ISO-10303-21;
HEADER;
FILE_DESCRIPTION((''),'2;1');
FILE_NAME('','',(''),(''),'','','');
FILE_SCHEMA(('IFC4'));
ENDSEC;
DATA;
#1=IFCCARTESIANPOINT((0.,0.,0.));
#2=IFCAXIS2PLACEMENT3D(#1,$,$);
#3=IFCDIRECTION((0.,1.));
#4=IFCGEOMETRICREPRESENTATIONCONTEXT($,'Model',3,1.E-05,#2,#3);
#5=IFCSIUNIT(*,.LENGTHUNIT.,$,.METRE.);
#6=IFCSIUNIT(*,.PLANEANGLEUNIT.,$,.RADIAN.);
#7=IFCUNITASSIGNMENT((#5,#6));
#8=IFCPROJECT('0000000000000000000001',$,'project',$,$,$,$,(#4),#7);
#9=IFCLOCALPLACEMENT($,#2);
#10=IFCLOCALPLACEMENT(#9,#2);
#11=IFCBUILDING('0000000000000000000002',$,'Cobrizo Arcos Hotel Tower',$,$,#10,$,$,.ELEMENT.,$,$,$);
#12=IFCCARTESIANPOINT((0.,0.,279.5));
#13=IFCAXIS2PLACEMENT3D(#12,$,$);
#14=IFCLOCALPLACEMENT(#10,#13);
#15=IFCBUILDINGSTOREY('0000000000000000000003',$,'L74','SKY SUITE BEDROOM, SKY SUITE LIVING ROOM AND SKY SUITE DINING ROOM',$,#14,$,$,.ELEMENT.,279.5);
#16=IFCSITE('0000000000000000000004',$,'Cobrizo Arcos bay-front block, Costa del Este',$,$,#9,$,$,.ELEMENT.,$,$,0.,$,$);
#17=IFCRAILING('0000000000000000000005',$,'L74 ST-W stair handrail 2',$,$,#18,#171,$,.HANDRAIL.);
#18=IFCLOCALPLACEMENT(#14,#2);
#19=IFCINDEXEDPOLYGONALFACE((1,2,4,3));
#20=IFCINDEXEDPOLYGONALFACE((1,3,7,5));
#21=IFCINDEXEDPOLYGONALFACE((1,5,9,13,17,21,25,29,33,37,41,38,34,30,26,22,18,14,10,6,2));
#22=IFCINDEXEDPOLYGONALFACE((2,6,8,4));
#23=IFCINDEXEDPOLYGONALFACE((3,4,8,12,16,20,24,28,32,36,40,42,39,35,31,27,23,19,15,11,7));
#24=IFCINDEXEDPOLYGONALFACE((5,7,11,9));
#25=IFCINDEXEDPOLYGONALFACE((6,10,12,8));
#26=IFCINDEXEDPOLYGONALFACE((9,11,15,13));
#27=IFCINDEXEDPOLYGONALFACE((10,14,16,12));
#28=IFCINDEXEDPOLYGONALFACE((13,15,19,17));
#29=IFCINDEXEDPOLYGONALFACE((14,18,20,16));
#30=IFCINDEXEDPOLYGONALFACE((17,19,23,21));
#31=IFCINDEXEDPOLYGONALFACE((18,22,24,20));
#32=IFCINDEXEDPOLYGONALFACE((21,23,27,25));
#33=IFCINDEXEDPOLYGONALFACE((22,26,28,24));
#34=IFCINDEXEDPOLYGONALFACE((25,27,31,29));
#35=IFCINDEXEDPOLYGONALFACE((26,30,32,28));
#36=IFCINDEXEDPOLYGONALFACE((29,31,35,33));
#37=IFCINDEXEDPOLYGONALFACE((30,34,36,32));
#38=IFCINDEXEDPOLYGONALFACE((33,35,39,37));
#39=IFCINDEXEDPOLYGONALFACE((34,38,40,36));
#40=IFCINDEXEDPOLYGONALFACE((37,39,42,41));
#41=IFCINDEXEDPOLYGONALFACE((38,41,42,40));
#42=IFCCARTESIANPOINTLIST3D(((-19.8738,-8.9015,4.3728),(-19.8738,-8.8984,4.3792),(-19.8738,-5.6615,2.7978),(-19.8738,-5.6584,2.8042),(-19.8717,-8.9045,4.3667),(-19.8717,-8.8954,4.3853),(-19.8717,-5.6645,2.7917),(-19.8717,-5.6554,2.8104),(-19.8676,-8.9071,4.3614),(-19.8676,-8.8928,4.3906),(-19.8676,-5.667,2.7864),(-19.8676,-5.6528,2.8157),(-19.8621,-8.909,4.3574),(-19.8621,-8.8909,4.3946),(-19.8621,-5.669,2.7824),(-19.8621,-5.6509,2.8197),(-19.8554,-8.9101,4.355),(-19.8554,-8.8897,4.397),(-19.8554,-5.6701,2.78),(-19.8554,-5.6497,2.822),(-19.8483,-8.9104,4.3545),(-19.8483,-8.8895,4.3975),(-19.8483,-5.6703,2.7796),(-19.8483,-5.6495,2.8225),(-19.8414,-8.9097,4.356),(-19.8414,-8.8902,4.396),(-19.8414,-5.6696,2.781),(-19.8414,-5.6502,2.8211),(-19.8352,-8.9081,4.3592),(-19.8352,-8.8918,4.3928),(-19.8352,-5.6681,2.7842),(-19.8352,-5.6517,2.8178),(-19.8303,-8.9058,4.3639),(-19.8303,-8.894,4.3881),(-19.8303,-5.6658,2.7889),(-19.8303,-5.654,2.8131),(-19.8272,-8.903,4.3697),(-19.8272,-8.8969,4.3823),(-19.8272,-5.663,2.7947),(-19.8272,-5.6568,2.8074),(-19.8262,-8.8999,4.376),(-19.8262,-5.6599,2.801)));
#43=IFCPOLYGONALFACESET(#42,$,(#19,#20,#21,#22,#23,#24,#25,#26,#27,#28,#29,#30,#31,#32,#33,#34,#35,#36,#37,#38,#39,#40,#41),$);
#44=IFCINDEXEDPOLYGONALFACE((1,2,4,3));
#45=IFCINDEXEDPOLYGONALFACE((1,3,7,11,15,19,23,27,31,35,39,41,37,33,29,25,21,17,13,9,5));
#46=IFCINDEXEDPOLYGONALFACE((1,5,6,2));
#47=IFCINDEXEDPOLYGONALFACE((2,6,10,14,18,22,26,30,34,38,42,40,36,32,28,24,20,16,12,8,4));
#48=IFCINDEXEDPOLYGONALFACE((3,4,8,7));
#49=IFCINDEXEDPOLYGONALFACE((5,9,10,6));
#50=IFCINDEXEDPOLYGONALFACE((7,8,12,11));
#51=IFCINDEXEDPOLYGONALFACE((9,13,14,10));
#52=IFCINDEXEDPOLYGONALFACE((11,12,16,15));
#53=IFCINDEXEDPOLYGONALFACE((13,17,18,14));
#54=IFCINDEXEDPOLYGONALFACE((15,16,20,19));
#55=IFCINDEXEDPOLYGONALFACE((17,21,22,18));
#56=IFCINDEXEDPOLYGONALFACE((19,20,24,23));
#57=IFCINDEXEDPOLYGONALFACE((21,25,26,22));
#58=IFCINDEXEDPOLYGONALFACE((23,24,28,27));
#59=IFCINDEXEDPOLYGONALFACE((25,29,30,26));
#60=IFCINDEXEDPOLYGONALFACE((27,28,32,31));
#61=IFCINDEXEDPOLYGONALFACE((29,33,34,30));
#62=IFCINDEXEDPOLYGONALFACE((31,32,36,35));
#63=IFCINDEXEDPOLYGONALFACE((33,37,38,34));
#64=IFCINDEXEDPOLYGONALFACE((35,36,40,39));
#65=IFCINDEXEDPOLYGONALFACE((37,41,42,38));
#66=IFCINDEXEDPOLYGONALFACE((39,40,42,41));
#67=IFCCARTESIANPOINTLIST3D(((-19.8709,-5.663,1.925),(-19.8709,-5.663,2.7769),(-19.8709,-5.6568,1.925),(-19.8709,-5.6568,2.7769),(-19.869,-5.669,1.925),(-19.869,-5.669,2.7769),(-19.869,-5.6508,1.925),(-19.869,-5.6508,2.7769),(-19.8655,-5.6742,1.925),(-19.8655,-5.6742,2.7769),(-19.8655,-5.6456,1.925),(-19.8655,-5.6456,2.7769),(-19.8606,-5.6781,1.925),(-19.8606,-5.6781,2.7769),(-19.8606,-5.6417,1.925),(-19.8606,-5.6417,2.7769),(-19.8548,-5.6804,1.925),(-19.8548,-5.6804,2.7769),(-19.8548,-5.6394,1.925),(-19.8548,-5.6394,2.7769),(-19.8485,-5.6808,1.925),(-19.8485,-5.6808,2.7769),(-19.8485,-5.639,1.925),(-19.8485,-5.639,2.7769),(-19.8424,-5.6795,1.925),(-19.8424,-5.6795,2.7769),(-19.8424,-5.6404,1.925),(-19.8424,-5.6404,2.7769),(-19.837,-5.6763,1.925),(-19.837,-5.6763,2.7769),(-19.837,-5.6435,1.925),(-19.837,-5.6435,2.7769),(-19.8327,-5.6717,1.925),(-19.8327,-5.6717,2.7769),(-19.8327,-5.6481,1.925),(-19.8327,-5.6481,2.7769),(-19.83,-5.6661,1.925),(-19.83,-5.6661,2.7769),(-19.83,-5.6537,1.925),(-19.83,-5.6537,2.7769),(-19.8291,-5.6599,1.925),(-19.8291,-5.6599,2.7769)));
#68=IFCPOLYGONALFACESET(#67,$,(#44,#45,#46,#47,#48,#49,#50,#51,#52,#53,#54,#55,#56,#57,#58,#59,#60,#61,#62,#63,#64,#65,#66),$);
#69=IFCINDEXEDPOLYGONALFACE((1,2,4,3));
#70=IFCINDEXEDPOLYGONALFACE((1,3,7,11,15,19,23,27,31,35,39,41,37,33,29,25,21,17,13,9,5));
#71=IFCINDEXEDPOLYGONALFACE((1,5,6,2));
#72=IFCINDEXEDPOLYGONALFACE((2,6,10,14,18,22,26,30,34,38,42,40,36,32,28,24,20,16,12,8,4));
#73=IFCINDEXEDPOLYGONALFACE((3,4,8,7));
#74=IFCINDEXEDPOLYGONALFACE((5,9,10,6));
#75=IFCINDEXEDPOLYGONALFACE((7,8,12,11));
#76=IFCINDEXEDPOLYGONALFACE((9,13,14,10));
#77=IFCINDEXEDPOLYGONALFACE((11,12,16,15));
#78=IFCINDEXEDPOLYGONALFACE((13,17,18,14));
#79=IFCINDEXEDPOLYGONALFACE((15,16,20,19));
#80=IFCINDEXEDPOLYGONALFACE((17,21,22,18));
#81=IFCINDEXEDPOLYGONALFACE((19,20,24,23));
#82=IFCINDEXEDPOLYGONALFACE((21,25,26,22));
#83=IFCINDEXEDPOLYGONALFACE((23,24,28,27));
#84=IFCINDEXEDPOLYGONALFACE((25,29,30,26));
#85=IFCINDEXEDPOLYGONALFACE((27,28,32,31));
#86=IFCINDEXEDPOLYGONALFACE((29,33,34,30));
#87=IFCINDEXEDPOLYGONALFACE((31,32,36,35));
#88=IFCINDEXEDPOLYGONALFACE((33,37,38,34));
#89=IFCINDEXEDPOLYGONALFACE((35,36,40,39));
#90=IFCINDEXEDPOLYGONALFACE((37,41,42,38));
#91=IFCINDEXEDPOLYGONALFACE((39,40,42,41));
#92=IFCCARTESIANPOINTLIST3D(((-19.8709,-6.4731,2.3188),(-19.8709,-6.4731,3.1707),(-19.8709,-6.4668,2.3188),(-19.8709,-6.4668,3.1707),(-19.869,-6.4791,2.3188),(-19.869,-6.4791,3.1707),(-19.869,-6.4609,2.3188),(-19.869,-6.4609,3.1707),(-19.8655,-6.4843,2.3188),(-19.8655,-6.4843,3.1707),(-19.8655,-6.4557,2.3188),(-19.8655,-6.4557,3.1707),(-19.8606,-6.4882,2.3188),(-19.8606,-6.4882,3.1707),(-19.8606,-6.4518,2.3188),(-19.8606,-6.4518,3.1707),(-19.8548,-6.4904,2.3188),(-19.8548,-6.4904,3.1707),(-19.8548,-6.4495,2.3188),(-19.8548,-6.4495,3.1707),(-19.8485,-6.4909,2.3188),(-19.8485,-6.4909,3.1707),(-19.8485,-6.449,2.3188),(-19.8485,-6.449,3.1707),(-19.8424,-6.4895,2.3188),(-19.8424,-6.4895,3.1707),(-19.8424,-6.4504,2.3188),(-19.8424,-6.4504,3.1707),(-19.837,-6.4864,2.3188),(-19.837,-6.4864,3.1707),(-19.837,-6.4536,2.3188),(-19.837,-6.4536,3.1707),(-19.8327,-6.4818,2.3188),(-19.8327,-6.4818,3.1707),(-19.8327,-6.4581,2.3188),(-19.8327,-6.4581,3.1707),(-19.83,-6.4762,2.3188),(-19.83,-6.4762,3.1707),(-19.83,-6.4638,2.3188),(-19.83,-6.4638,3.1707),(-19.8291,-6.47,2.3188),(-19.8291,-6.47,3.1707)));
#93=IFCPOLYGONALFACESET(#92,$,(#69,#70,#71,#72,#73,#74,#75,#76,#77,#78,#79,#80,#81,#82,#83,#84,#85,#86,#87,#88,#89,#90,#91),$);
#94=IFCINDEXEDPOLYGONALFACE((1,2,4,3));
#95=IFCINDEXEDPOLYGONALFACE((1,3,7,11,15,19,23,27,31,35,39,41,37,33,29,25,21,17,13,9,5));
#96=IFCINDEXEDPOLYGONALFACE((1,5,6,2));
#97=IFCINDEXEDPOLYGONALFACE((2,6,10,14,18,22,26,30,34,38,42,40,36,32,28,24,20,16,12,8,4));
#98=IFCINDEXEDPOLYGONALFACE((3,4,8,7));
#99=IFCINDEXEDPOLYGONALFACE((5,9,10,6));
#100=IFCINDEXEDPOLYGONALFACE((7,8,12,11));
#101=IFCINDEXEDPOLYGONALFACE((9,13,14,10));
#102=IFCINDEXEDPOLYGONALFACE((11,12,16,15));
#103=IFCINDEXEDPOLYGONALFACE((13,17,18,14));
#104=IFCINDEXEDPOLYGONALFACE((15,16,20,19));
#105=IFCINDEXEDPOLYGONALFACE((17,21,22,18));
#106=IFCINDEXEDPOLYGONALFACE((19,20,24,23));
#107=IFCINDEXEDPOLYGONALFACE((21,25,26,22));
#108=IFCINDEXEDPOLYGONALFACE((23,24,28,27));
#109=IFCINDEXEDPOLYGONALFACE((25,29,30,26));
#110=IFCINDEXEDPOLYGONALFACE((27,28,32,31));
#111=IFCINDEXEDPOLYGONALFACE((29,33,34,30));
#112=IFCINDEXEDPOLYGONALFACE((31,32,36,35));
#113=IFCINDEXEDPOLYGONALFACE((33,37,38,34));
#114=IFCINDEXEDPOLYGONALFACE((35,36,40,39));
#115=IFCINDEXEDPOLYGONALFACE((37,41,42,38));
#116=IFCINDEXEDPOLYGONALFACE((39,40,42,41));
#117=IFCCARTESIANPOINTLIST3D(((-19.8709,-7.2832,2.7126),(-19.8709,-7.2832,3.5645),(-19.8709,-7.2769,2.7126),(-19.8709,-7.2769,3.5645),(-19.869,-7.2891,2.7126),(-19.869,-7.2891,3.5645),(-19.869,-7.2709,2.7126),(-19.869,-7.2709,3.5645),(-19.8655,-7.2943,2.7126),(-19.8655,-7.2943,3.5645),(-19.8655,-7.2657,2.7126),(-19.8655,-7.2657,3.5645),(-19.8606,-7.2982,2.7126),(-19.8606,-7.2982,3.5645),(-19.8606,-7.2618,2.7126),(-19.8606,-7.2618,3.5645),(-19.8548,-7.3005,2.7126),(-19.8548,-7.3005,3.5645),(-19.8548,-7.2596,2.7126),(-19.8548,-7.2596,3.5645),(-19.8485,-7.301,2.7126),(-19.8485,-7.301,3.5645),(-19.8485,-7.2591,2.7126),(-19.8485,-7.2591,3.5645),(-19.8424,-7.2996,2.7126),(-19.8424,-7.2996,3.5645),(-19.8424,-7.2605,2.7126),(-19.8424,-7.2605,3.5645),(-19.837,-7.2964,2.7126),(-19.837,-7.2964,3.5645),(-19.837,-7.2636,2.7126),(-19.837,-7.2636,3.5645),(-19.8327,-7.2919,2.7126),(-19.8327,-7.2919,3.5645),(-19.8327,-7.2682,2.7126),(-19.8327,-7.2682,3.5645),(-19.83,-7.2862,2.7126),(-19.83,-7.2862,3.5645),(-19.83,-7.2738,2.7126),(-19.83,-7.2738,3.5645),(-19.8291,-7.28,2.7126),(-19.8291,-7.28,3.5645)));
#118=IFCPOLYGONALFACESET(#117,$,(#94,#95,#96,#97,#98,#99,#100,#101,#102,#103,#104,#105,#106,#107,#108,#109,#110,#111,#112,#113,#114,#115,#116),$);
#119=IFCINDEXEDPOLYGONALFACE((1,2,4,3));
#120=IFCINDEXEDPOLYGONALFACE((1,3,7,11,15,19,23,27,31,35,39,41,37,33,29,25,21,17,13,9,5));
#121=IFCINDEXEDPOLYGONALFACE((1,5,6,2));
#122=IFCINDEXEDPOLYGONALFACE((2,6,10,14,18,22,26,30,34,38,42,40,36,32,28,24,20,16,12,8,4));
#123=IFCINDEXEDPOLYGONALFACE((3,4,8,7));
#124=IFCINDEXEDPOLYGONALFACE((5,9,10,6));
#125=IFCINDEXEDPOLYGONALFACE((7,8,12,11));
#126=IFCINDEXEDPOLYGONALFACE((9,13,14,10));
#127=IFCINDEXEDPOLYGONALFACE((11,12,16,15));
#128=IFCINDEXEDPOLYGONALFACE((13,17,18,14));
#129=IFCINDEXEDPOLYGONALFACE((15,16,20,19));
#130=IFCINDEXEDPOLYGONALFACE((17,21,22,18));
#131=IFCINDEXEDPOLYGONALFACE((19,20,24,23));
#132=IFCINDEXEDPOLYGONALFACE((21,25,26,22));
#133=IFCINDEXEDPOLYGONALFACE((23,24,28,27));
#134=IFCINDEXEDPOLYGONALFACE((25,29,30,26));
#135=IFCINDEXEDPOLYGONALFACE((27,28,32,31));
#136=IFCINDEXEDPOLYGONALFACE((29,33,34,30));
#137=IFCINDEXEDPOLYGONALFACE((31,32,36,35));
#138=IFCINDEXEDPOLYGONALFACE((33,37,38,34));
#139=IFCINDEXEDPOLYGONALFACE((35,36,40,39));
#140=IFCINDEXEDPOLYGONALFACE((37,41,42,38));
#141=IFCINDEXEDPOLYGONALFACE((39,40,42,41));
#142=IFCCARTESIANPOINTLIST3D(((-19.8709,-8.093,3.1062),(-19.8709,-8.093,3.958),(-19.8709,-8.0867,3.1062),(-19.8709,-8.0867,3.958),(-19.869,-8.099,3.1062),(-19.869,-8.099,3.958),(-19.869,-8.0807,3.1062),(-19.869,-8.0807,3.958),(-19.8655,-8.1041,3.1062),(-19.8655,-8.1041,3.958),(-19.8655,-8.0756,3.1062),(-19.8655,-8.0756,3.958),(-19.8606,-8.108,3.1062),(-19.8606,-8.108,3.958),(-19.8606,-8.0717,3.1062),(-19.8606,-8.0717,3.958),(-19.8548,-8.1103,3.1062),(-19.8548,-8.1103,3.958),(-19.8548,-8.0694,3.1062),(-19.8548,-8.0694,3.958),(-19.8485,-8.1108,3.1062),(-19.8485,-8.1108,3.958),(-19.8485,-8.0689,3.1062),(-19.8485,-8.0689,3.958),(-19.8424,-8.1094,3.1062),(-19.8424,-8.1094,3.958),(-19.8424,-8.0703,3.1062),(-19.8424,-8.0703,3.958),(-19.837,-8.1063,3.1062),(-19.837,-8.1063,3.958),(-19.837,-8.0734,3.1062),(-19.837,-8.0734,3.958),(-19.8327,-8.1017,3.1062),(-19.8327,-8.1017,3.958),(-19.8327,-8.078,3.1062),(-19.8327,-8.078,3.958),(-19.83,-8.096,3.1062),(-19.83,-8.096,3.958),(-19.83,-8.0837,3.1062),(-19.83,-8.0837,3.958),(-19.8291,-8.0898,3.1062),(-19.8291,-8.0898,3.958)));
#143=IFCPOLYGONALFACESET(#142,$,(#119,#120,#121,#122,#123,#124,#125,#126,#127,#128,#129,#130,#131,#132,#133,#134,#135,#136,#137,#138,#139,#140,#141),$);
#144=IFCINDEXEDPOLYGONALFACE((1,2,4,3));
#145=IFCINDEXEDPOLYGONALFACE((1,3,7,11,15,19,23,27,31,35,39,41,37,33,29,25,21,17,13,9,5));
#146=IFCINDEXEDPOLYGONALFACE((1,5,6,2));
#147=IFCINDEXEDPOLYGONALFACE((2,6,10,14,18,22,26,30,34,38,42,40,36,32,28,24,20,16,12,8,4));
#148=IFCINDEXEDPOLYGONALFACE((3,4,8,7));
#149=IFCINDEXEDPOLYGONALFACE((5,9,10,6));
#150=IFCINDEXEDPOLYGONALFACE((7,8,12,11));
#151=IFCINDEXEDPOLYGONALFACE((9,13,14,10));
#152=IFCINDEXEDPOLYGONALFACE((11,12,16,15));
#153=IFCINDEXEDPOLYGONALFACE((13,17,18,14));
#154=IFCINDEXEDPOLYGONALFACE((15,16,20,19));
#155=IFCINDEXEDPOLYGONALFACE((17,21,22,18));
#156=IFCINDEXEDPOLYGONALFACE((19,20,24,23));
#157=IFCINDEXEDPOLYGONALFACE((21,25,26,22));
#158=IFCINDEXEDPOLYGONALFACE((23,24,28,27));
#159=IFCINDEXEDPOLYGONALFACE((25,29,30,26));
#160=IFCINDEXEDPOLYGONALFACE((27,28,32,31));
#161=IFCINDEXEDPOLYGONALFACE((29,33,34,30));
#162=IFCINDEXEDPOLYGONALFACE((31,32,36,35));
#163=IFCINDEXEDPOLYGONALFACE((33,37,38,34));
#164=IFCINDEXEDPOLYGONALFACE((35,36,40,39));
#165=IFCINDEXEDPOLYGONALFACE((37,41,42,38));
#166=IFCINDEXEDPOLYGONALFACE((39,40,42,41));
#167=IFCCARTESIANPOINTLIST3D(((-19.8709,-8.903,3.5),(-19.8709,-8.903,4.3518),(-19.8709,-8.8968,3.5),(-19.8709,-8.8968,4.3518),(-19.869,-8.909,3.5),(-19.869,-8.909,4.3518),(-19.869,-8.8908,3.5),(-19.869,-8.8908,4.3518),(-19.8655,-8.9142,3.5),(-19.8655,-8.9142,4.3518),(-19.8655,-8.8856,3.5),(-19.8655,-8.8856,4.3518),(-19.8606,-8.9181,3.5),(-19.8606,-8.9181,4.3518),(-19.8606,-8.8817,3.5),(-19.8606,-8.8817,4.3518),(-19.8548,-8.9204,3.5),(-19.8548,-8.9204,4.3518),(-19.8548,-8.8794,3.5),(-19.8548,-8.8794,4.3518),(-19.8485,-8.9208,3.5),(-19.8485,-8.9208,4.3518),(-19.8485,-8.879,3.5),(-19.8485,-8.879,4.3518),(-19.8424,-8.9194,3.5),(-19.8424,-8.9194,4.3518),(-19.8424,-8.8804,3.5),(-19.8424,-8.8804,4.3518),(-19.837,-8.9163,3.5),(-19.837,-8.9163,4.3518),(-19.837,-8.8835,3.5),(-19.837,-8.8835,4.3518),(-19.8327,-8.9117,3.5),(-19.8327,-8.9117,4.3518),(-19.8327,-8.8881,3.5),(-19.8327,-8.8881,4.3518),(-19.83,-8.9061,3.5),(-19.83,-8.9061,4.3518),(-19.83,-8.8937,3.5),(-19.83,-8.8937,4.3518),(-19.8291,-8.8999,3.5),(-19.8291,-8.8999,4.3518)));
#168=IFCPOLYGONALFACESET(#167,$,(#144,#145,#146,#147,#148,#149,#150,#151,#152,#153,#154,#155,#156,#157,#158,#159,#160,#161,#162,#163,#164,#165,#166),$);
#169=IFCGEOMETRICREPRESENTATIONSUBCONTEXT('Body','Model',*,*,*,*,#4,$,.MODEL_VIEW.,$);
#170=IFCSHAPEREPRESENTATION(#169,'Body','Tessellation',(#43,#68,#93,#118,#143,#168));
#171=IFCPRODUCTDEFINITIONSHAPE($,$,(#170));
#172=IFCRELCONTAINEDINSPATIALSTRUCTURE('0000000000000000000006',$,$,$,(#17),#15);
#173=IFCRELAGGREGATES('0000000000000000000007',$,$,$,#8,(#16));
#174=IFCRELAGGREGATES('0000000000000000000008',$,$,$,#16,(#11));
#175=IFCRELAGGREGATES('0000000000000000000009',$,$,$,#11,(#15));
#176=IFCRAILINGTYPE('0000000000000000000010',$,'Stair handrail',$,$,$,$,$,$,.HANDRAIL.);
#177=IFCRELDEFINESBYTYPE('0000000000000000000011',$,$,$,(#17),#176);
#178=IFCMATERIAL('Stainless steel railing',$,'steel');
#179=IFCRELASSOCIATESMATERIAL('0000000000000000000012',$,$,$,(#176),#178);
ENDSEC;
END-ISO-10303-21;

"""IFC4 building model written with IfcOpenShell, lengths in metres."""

from ifc_helpers import new_model, si_unit, direction, frame, origin, origin_2d, place, context, subcontext, project, spatial, circle, extrude, material, type_object, element, save


model = new_model("IFC4")

# Units and contexts
model_context = context("Model", 3, precision=1e-05, world=origin(), true_north=direction((0.0, 1.0)))
body_context = subcontext(model_context, "Body", "Model", "MODEL_VIEW")
ifc_project = project(units=[si_unit("LENGTHUNIT", "METRE"), si_unit("PLANEANGLEUNIT", "RADIAN")], contexts=[model_context])

# Site, building, storey
site_placement = place(None, origin())
site = spatial("IfcSite", under=ifc_project, at=site_placement, Name="Cobrizo Arcos bay-front block, Costa del Este", CompositionType="ELEMENT", RefElevation=0.0)
building_placement = place(site_placement, origin())
building = spatial("IfcBuilding", under=site, at=building_placement, Name="Cobrizo Arcos Hotel Tower", CompositionType="ELEMENT")
storey_placement = place(building_placement, frame((0.0, 0.0, 279.5)))
storey = spatial("IfcBuildingStorey", under=building, at=storey_placement, Name="L74", Description="SKY SUITE BEDROOM, SKY SUITE LIVING ROOM AND SKY SUITE DINING ROOM", CompositionType="ELEMENT", Elevation=279.5)

# Railing
ifc_material_1 = material(Name="Stainless steel railing", Category="steel")
railing_type_1 = type_object("IfcRailingType", Name="Stair handrail", PredefinedType="HANDRAIL", material=ifc_material_1)
railing_1_placement = place(storey_placement, frame((-19.8501, -5.6599, 1.925)))
element("IfcRailing", 1, at=railing_1_placement, inside=storey, type_object=railing_type_1, Name="L74 ST-W stair handrail 2", PredefinedType="HANDRAIL", context=body_context, shape_type="SweptSolid", body=[
    extrude(circle(Radius=0.0239, at=origin_2d()), frame((0.0, 0.0, 0.876), z_axis=(0.0, -0.899373, 0.437183), x_axis=(1.0, 0.0, 0.0)), (0.0, 0.0, 1.0), 3.6025),
    extrude(circle(Radius=0.021, at=origin_2d()), origin(), (0.0, 0.0, 1.0), 0.8518),
    extrude(circle(Radius=0.021, at=origin_2d()), frame((0.0, -0.8101, 0.3938)), (0.0, 0.0, 1.0), 0.8518),
    extrude(circle(Radius=0.021, at=origin_2d()), frame((0.0, -1.6201, 0.7876)), (0.0, 0.0, 1.0), 0.8518),
    extrude(circle(Radius=0.021, at=origin_2d()), frame((0.0, -2.4299, 1.1812)), (0.0, 0.0, 1.0), 0.8518),
    extrude(circle(Radius=0.021, at=origin_2d()), frame((0.0, -3.24, 1.575)), (0.0, 0.0, 1.0), 0.8518),
])

save(model, "model.ifc")
